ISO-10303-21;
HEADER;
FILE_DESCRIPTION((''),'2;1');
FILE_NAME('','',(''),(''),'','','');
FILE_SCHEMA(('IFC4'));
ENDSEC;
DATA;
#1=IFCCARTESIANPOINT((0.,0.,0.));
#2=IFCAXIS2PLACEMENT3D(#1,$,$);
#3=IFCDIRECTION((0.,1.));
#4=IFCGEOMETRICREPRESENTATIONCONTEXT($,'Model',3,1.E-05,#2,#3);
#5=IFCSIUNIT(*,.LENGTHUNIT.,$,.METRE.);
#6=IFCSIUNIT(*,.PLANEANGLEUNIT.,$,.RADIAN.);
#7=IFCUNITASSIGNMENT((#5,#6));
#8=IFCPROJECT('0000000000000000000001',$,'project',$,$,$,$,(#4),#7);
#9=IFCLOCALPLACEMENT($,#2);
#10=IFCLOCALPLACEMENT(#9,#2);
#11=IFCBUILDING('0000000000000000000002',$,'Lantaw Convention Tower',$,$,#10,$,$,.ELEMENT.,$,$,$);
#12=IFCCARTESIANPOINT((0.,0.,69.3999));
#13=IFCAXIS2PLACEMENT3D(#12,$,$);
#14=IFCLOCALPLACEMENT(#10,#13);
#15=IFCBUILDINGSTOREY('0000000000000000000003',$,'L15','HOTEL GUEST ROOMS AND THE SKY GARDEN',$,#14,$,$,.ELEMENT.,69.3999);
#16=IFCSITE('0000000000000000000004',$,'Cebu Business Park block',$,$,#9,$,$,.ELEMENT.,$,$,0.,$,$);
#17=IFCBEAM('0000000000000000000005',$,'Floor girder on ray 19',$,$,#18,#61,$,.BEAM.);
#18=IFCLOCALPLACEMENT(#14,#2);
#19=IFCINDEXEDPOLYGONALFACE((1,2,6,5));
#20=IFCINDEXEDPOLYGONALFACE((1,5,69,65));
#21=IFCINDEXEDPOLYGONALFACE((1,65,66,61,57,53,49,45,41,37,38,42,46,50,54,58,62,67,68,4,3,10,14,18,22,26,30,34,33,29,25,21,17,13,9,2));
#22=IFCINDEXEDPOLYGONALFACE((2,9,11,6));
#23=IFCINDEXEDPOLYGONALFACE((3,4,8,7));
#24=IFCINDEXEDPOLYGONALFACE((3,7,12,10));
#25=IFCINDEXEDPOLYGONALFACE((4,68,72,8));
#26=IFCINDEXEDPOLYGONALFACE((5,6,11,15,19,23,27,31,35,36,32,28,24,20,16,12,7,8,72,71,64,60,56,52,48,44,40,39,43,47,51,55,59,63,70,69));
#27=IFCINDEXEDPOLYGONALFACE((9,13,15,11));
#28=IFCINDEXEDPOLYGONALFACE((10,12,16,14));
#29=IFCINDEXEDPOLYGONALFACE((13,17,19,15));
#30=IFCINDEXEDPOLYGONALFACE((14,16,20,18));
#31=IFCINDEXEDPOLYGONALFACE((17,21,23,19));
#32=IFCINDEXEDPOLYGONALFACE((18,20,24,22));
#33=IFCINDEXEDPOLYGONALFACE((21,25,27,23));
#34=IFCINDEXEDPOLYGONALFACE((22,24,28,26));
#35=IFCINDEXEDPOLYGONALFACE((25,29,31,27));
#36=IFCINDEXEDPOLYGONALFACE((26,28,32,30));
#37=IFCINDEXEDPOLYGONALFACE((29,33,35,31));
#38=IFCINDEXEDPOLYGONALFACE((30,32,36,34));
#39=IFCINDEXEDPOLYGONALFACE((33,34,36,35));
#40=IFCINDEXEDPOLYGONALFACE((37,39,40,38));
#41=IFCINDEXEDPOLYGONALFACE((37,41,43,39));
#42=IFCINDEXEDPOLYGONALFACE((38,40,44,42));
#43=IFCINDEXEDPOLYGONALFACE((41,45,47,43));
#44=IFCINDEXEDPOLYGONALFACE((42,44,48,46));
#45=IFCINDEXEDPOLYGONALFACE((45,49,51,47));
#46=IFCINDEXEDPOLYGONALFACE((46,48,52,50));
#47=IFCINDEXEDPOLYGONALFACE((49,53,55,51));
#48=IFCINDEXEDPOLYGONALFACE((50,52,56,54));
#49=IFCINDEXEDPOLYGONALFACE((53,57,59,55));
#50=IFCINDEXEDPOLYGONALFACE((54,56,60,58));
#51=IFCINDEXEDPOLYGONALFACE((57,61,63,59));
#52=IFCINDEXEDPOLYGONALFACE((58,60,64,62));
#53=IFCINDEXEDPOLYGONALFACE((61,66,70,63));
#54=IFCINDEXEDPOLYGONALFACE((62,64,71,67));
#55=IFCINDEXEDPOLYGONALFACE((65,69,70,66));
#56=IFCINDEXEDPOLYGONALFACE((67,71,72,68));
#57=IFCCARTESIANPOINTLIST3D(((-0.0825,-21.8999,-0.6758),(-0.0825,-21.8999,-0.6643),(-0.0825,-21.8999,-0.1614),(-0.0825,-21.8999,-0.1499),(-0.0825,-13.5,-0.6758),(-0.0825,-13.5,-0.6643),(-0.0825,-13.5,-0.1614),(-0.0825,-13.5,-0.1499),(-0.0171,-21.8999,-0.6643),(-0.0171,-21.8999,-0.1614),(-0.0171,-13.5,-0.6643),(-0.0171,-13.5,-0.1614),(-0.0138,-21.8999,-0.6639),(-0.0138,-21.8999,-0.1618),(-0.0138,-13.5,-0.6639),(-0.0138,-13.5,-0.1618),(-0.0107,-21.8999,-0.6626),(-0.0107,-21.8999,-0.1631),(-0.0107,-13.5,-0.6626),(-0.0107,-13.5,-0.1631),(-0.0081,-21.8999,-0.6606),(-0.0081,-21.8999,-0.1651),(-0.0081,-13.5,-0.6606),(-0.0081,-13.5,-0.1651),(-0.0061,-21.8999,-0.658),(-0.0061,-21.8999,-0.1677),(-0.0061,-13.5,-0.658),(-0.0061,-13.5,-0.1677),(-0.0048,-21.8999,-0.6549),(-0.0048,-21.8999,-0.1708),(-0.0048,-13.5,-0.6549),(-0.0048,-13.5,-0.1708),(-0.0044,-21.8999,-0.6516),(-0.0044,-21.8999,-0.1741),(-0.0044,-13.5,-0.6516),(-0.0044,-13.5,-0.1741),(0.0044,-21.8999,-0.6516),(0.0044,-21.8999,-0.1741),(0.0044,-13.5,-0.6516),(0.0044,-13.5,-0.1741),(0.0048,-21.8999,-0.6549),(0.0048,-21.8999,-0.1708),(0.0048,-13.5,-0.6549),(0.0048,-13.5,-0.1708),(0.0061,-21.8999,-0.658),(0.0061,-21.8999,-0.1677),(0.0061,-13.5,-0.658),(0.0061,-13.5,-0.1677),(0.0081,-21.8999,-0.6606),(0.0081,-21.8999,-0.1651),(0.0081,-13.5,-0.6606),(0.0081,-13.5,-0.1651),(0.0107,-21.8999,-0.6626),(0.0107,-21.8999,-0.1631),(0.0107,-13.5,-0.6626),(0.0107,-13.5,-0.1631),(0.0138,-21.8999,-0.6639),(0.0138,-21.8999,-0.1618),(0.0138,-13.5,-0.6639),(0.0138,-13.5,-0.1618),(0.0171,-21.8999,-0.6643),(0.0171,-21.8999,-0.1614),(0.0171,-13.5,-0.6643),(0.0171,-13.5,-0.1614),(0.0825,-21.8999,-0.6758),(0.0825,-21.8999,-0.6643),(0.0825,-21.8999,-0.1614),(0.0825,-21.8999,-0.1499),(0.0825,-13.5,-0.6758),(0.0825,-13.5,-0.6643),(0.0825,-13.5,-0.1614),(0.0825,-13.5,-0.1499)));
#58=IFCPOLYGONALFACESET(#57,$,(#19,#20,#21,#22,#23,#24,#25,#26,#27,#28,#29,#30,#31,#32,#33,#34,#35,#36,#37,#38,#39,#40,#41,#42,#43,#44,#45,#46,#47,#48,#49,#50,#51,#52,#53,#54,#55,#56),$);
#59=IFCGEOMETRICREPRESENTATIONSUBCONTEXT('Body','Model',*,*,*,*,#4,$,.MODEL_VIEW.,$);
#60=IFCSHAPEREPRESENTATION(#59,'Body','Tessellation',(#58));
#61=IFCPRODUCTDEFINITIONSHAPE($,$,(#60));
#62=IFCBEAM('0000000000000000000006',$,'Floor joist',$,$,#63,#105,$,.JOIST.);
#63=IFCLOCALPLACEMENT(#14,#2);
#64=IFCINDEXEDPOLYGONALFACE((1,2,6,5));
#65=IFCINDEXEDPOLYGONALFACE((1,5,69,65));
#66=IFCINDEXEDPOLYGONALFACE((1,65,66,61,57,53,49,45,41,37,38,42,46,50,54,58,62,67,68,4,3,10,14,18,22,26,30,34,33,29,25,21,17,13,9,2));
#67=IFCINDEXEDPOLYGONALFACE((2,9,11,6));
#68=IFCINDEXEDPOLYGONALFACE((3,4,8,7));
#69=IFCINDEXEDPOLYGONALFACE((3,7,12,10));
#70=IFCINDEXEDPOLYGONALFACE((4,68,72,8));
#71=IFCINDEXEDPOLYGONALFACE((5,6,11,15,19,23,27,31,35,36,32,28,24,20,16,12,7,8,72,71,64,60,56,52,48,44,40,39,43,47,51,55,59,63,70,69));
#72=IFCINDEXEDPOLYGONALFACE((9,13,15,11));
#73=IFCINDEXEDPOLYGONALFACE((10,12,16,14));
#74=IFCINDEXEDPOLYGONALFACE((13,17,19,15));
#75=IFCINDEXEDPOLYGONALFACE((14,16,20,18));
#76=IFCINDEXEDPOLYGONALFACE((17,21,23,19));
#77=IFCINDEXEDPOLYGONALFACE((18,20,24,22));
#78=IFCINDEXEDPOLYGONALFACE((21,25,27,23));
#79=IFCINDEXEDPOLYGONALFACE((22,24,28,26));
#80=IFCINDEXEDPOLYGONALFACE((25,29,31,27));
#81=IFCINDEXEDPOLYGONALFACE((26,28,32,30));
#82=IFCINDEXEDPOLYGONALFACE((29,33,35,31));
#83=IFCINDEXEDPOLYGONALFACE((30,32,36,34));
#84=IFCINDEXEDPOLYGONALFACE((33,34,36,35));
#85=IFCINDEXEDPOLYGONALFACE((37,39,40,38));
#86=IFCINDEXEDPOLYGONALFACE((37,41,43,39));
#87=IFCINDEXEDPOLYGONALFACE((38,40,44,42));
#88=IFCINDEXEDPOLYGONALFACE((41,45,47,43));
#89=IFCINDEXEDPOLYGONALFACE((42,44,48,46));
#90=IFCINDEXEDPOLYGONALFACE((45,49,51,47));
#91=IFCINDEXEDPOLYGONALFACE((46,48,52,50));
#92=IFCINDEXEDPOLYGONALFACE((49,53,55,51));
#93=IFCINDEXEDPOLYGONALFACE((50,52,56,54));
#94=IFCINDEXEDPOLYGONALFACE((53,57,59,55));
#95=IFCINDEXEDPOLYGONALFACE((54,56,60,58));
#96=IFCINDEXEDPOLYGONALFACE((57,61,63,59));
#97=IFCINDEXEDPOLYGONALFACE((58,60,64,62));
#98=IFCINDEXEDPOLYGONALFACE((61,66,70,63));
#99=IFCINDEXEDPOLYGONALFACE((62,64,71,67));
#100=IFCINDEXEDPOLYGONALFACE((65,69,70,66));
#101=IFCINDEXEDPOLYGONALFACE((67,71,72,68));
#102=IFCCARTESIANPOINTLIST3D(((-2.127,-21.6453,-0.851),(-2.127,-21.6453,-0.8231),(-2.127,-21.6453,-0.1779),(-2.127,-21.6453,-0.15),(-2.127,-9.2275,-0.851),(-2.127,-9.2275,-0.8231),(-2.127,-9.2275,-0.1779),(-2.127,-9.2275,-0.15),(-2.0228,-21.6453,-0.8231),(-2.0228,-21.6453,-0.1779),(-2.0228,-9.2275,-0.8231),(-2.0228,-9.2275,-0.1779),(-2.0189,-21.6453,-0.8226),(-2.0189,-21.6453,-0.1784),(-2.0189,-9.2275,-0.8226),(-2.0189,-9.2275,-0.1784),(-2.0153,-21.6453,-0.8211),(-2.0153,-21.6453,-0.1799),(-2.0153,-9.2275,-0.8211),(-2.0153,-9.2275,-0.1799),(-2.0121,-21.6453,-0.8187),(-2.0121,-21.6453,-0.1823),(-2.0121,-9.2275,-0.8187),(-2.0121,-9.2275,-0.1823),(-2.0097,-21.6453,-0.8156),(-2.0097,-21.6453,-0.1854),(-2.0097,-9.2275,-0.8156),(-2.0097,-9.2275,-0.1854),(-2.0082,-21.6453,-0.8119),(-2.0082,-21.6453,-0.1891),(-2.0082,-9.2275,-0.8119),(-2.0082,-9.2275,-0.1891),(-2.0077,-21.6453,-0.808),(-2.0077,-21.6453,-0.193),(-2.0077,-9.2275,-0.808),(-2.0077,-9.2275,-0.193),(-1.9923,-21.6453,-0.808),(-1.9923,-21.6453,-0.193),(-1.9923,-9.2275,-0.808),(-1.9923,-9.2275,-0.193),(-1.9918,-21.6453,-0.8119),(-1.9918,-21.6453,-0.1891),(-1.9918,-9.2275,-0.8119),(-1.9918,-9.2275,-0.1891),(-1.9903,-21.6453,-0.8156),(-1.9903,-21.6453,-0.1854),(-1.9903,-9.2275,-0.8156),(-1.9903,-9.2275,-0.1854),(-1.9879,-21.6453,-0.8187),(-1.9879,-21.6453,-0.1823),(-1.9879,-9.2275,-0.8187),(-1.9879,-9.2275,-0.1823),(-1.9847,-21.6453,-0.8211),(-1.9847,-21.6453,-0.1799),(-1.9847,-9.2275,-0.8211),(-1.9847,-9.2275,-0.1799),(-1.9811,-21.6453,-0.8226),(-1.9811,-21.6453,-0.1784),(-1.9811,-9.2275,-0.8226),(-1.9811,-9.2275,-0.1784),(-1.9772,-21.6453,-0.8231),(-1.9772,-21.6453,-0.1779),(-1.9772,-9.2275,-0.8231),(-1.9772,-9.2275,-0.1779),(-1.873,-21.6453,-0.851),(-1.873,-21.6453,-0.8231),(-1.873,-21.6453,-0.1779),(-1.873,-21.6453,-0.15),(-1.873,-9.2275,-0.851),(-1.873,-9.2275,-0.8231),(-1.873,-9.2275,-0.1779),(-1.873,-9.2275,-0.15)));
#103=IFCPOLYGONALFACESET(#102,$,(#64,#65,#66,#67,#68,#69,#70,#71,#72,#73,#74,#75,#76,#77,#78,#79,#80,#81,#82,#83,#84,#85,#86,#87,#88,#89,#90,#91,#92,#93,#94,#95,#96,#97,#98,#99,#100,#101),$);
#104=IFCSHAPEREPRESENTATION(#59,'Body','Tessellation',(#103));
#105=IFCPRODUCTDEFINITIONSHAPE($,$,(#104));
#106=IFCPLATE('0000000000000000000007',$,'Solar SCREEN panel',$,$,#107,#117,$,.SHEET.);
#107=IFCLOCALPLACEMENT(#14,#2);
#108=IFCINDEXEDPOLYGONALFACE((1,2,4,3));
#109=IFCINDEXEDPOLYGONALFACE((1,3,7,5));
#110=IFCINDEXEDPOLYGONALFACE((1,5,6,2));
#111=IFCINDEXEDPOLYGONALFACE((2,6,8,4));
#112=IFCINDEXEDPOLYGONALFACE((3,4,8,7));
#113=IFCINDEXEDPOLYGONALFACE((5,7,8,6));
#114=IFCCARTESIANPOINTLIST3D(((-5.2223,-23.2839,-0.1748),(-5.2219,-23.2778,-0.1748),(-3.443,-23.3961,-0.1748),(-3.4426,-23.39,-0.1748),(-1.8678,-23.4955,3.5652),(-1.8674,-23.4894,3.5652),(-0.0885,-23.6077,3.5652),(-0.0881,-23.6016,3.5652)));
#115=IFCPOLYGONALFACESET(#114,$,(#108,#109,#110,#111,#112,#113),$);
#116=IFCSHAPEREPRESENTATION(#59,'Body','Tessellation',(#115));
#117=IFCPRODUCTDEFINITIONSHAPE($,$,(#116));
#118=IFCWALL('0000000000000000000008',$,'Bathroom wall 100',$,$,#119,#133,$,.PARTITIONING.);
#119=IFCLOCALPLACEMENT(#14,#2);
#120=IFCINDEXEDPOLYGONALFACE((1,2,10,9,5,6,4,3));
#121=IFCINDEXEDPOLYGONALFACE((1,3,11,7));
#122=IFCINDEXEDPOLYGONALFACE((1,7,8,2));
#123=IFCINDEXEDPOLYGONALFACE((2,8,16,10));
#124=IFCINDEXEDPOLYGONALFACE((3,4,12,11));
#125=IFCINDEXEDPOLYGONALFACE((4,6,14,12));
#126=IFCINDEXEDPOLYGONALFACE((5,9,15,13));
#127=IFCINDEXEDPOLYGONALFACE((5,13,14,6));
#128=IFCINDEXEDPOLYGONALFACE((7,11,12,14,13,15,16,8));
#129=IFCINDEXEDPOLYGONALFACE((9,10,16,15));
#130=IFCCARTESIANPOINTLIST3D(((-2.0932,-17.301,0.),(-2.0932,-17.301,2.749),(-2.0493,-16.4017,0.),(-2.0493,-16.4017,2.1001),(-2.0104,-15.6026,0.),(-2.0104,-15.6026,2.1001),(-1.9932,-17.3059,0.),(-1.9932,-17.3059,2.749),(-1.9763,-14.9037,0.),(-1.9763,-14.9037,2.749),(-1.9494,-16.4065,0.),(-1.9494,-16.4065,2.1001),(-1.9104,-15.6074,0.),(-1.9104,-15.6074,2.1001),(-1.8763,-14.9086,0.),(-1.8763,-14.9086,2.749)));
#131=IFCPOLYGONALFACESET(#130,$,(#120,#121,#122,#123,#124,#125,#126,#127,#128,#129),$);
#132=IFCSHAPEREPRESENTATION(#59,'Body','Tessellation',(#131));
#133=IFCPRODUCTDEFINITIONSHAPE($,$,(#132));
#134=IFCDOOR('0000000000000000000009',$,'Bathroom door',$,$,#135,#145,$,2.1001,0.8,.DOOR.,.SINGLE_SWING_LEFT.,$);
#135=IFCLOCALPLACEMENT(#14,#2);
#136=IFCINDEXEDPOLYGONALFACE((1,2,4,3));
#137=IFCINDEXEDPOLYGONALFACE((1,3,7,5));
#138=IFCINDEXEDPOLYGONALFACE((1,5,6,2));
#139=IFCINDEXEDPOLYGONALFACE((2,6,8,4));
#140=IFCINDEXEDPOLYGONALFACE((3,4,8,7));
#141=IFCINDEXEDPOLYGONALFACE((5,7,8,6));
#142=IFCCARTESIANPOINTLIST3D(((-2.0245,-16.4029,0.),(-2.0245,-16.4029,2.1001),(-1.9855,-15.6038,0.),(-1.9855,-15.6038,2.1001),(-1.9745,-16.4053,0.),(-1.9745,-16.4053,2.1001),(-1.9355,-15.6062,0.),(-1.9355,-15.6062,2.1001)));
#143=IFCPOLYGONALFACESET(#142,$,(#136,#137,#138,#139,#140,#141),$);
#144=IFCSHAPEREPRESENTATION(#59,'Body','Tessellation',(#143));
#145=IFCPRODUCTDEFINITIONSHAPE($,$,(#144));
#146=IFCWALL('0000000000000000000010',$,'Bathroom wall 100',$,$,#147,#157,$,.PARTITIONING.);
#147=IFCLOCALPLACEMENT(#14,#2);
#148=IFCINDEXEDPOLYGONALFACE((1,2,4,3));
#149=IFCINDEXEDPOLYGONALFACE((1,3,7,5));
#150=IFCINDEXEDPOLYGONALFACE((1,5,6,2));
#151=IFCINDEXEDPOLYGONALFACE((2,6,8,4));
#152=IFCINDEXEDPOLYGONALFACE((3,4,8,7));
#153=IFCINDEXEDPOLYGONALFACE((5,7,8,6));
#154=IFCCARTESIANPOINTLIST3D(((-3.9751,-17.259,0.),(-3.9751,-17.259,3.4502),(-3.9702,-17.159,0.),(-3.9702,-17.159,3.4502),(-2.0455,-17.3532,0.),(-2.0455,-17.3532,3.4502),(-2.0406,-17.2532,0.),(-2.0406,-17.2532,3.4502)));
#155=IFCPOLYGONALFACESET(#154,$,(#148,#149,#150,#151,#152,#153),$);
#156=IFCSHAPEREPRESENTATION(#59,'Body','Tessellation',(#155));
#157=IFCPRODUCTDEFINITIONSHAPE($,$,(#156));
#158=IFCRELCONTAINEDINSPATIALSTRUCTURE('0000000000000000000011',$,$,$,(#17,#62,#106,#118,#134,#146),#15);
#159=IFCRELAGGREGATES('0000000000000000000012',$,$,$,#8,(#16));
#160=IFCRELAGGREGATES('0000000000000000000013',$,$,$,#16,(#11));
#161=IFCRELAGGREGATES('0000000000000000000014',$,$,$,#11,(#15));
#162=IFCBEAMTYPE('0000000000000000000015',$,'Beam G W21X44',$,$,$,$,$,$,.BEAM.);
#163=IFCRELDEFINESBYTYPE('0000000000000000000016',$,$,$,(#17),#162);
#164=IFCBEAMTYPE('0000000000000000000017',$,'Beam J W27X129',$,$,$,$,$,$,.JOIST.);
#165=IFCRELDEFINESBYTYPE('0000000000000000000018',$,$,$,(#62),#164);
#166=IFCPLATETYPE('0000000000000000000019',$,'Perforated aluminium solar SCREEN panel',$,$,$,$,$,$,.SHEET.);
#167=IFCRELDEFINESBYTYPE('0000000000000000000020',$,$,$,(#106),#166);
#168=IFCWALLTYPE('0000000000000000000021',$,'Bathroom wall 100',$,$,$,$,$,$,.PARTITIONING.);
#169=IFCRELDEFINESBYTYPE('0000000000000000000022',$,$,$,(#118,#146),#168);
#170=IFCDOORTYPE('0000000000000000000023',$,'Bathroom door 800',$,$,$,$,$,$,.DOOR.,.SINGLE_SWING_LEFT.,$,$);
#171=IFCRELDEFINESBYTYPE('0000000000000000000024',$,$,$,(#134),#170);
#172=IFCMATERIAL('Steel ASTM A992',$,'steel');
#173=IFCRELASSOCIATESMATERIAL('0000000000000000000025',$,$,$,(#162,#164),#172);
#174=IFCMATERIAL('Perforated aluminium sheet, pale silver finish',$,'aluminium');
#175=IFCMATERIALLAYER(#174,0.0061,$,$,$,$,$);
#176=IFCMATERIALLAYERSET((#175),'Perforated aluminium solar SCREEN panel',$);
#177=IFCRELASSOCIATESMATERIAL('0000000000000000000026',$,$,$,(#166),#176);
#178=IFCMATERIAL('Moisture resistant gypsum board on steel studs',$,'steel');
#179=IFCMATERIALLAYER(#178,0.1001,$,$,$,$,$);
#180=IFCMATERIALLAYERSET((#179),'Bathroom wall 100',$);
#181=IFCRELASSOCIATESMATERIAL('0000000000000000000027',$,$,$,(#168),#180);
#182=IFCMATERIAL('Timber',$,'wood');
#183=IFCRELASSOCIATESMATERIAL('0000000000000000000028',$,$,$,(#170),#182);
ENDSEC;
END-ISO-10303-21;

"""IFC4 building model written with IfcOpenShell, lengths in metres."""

from ifc_helpers import new_model, si_unit, direction, frame, frame_2d, origin, origin_2d, place, context, subcontext, project, spatial, polyline, rectangle, i_section, outline, extrude, material, layer, layer_set, material_profile, profile_set, type_object, element, fill, save


model = new_model("IFC4")

# Units and contexts
model_context = context("Model", 3, precision=1e-05, world=origin(), true_north=direction((0.0, 1.0)))
body_context = subcontext(model_context, "Body", "Model", "MODEL_VIEW")
ifc_project = project(units=[si_unit("LENGTHUNIT", "METRE"), si_unit("PLANEANGLEUNIT", "RADIAN")], contexts=[model_context])

# Site, building, storey
site_placement = place(None, origin())
site = spatial("IfcSite", under=ifc_project, at=site_placement, Name="Cebu Business Park block", CompositionType="ELEMENT", RefElevation=0.0)
building_placement = place(site_placement, origin())
building = spatial("IfcBuilding", under=site, at=building_placement, Name="Lantaw Convention Tower", CompositionType="ELEMENT")
storey_placement = place(building_placement, frame((0.0, 0.0, 69.3999)))
storey = spatial("IfcBuildingStorey", under=building, at=storey_placement, Name="L15", Description="HOTEL GUEST ROOMS AND THE SKY GARDEN", CompositionType="ELEMENT", Elevation=69.3999)

# Beams
ifc_material_1 = material(Name="Steel ASTM A992", Category="steel")
ifc_material_profile_1 = material_profile(ifc_material_1, i_section(OverallWidth=0.165, OverallDepth=0.5259, WebThickness=0.0088, FlangeThickness=0.0115, FilletRadius=0.0127, at=origin_2d()), Name="W21X44")
ifc_profile_set_1 = profile_set([ifc_material_profile_1], Name="Steel ASTM A992")
beam_type_1 = type_object("IfcBeamType", Name="Beam G W21X44", PredefinedType="BEAM", material=ifc_profile_set_1)
beam_1_placement = place(storey_placement, frame((0.0, -13.5, -0.4128), z_axis=(0.0, -1.0, 0.0), x_axis=(1.0, 0.0, 0.0)))
element("IfcBeam", 1, at=beam_1_placement, inside=storey, type_object=beam_type_1, Name="Floor girder on ray 19", PredefinedType="BEAM", context=body_context, shape_type="SweptSolid", body=[
    extrude(i_section(OverallWidth=0.165, OverallDepth=0.5259, WebThickness=0.0088, FlangeThickness=0.0115, FilletRadius=0.0127, at=origin_2d()), origin(), (0.0, 0.0, 1.0), 8.3999),
])
ifc_material_profile_2 = material_profile(ifc_material_1, i_section(OverallWidth=0.2539, OverallDepth=0.7009, WebThickness=0.0154, FlangeThickness=0.0278, FilletRadius=0.0151, at=origin_2d()), Name="W27X129")
ifc_profile_set_2 = profile_set([ifc_material_profile_2], Name="Steel ASTM A992")
beam_type_2 = type_object("IfcBeamType", Name="Beam J W27X129", PredefinedType="JOIST", material=ifc_profile_set_2)
beam_2_placement = place(storey_placement, frame((-2.0, -21.6453, -0.5005), z_axis=(0.0, 1.0, 0.0), x_axis=(-1.0, 0.0, 0.0)))
element("IfcBeam", 2, at=beam_2_placement, inside=storey, type_object=beam_type_2, Name="Floor joist", PredefinedType="JOIST", context=body_context, shape_type="SweptSolid", body=[
    extrude(i_section(OverallWidth=0.2539, OverallDepth=0.7009, WebThickness=0.0154, FlangeThickness=0.0278, FilletRadius=0.0151, at=origin_2d()), origin(), (0.0, 0.0, 1.0), 12.4177),
])

# Plate
ifc_material_2 = material(Name="Perforated aluminium sheet, pale silver finish", Category="aluminium")
ifc_layer_1 = layer(ifc_material_2, 0.0061)
ifc_layer_set_1 = layer_set([ifc_layer_1], Name="Perforated aluminium solar SCREEN panel")
plate_type = type_object("IfcPlateType", Name="Perforated aluminium solar SCREEN panel", PredefinedType="SHEET", material=ifc_layer_set_1)
plate_placement = place(storey_placement, frame((-5.2219, -23.2778, -0.1748), z_axis=(0.062924, 0.998018, 0.000014), x_axis=(0.998018, -0.062924, 0.0)))
element("IfcPlate", 3, at=plate_placement, inside=storey, type_object=plate_type, Name="Solar SCREEN panel", PredefinedType="SHEET", context=body_context, shape_type="SweptSolid", body=[
    extrude(outline(polyline([(0.0, 0.0), (1.7828, 0.0), (5.144, -3.74), (3.3612, -3.74), (0.0, 0.0)])), origin(), (0.0, 0.0, -1.0), 0.0061),
])

# Wall, opening, door
ifc_material_3 = material(Name="Moisture resistant gypsum board on steel studs", Category="steel")
ifc_layer_2 = layer(ifc_material_3, 0.1001)
ifc_layer_set_2 = layer_set([ifc_layer_2], Name="Bathroom wall 100")
wall_type_1 = type_object("IfcWallType", Name="Bathroom wall 100", PredefinedType="PARTITIONING", material=ifc_layer_set_2)
wall_1_placement = place(storey_placement, frame((-1.9263, -14.906, 0.0), z_axis=(0.0, 0.0, 1.0), x_axis=(-0.048725, -0.998812, 0.0)))
wall_1 = element("IfcWall", 4, at=wall_1_placement, inside=storey, type_object=wall_type_1, Name="Bathroom wall 100", PredefinedType="PARTITIONING", context=body_context, shape_type="SweptSolid", body=[
    extrude(rectangle(XDim=2.4001, YDim=0.1001, at=frame_2d((1.2002, 0.0))), origin(), (0.0, 0.0, 1.0), 2.749),
])
opening_1_placement = place(wall_1_placement, frame((0.7, 0.0, 0.0)))
opening_1 = element("IfcOpeningElement", 5, at=opening_1_placement, cuts=wall_1, PredefinedType="OPENING", context=body_context, shape_type="SweptSolid", body=[
    extrude(rectangle(XDim=0.8, YDim=2.1001, at=frame_2d((0.3999, 1.05))), frame((0.0, 0.0601, 0.0), z_axis=(0.0, -1.0, 0.0), x_axis=(1.0, 0.0, 0.0)), (0.0, 0.0, 1.0), 0.1201),
])
ifc_material_4 = material(Name="Timber", Category="wood")
door_type_1 = type_object("IfcDoorType", Name="Bathroom door 800", OperationType="SINGLE_SWING_LEFT", PredefinedType="DOOR", material=ifc_material_4)
door_1_placement = place(opening_1_placement, origin())
door_1 = element("IfcDoor", 6, at=door_1_placement, inside=storey, type_object=door_type_1, Name="Bathroom door", OperationType="SINGLE_SWING_LEFT", OverallHeight=2.1001, OverallWidth=0.8, PredefinedType="DOOR", context=body_context, shape_type="SweptSolid", body=[
    extrude(rectangle(XDim=0.8, YDim=2.1001, at=frame_2d((0.3999, 1.05))), frame((0.0, 0.0249, 0.0), z_axis=(0.0, -1.0, 0.0), x_axis=(1.0, 0.0, 0.0)), (0.0, 0.0, 1.0), 0.05),
])
fill(opening_1, door_1)

# Wall
wall_2_placement = place(storey_placement, frame((-2.0432, -17.3032, 0.0), z_axis=(0.0, 0.0, 1.0), x_axis=(-0.99881, 0.048778, 0.0)))
element("IfcWall", 7, at=wall_2_placement, inside=storey, type_object=wall_type_1, Name="Bathroom wall 100", PredefinedType="PARTITIONING", context=body_context, shape_type="SweptSolid", body=[
    extrude(rectangle(XDim=1.9319, YDim=0.1001, at=frame_2d((0.9658, 0.0))), origin(), (0.0, 0.0, 1.0), 3.4502),
])

save(model, "model.ifc")
